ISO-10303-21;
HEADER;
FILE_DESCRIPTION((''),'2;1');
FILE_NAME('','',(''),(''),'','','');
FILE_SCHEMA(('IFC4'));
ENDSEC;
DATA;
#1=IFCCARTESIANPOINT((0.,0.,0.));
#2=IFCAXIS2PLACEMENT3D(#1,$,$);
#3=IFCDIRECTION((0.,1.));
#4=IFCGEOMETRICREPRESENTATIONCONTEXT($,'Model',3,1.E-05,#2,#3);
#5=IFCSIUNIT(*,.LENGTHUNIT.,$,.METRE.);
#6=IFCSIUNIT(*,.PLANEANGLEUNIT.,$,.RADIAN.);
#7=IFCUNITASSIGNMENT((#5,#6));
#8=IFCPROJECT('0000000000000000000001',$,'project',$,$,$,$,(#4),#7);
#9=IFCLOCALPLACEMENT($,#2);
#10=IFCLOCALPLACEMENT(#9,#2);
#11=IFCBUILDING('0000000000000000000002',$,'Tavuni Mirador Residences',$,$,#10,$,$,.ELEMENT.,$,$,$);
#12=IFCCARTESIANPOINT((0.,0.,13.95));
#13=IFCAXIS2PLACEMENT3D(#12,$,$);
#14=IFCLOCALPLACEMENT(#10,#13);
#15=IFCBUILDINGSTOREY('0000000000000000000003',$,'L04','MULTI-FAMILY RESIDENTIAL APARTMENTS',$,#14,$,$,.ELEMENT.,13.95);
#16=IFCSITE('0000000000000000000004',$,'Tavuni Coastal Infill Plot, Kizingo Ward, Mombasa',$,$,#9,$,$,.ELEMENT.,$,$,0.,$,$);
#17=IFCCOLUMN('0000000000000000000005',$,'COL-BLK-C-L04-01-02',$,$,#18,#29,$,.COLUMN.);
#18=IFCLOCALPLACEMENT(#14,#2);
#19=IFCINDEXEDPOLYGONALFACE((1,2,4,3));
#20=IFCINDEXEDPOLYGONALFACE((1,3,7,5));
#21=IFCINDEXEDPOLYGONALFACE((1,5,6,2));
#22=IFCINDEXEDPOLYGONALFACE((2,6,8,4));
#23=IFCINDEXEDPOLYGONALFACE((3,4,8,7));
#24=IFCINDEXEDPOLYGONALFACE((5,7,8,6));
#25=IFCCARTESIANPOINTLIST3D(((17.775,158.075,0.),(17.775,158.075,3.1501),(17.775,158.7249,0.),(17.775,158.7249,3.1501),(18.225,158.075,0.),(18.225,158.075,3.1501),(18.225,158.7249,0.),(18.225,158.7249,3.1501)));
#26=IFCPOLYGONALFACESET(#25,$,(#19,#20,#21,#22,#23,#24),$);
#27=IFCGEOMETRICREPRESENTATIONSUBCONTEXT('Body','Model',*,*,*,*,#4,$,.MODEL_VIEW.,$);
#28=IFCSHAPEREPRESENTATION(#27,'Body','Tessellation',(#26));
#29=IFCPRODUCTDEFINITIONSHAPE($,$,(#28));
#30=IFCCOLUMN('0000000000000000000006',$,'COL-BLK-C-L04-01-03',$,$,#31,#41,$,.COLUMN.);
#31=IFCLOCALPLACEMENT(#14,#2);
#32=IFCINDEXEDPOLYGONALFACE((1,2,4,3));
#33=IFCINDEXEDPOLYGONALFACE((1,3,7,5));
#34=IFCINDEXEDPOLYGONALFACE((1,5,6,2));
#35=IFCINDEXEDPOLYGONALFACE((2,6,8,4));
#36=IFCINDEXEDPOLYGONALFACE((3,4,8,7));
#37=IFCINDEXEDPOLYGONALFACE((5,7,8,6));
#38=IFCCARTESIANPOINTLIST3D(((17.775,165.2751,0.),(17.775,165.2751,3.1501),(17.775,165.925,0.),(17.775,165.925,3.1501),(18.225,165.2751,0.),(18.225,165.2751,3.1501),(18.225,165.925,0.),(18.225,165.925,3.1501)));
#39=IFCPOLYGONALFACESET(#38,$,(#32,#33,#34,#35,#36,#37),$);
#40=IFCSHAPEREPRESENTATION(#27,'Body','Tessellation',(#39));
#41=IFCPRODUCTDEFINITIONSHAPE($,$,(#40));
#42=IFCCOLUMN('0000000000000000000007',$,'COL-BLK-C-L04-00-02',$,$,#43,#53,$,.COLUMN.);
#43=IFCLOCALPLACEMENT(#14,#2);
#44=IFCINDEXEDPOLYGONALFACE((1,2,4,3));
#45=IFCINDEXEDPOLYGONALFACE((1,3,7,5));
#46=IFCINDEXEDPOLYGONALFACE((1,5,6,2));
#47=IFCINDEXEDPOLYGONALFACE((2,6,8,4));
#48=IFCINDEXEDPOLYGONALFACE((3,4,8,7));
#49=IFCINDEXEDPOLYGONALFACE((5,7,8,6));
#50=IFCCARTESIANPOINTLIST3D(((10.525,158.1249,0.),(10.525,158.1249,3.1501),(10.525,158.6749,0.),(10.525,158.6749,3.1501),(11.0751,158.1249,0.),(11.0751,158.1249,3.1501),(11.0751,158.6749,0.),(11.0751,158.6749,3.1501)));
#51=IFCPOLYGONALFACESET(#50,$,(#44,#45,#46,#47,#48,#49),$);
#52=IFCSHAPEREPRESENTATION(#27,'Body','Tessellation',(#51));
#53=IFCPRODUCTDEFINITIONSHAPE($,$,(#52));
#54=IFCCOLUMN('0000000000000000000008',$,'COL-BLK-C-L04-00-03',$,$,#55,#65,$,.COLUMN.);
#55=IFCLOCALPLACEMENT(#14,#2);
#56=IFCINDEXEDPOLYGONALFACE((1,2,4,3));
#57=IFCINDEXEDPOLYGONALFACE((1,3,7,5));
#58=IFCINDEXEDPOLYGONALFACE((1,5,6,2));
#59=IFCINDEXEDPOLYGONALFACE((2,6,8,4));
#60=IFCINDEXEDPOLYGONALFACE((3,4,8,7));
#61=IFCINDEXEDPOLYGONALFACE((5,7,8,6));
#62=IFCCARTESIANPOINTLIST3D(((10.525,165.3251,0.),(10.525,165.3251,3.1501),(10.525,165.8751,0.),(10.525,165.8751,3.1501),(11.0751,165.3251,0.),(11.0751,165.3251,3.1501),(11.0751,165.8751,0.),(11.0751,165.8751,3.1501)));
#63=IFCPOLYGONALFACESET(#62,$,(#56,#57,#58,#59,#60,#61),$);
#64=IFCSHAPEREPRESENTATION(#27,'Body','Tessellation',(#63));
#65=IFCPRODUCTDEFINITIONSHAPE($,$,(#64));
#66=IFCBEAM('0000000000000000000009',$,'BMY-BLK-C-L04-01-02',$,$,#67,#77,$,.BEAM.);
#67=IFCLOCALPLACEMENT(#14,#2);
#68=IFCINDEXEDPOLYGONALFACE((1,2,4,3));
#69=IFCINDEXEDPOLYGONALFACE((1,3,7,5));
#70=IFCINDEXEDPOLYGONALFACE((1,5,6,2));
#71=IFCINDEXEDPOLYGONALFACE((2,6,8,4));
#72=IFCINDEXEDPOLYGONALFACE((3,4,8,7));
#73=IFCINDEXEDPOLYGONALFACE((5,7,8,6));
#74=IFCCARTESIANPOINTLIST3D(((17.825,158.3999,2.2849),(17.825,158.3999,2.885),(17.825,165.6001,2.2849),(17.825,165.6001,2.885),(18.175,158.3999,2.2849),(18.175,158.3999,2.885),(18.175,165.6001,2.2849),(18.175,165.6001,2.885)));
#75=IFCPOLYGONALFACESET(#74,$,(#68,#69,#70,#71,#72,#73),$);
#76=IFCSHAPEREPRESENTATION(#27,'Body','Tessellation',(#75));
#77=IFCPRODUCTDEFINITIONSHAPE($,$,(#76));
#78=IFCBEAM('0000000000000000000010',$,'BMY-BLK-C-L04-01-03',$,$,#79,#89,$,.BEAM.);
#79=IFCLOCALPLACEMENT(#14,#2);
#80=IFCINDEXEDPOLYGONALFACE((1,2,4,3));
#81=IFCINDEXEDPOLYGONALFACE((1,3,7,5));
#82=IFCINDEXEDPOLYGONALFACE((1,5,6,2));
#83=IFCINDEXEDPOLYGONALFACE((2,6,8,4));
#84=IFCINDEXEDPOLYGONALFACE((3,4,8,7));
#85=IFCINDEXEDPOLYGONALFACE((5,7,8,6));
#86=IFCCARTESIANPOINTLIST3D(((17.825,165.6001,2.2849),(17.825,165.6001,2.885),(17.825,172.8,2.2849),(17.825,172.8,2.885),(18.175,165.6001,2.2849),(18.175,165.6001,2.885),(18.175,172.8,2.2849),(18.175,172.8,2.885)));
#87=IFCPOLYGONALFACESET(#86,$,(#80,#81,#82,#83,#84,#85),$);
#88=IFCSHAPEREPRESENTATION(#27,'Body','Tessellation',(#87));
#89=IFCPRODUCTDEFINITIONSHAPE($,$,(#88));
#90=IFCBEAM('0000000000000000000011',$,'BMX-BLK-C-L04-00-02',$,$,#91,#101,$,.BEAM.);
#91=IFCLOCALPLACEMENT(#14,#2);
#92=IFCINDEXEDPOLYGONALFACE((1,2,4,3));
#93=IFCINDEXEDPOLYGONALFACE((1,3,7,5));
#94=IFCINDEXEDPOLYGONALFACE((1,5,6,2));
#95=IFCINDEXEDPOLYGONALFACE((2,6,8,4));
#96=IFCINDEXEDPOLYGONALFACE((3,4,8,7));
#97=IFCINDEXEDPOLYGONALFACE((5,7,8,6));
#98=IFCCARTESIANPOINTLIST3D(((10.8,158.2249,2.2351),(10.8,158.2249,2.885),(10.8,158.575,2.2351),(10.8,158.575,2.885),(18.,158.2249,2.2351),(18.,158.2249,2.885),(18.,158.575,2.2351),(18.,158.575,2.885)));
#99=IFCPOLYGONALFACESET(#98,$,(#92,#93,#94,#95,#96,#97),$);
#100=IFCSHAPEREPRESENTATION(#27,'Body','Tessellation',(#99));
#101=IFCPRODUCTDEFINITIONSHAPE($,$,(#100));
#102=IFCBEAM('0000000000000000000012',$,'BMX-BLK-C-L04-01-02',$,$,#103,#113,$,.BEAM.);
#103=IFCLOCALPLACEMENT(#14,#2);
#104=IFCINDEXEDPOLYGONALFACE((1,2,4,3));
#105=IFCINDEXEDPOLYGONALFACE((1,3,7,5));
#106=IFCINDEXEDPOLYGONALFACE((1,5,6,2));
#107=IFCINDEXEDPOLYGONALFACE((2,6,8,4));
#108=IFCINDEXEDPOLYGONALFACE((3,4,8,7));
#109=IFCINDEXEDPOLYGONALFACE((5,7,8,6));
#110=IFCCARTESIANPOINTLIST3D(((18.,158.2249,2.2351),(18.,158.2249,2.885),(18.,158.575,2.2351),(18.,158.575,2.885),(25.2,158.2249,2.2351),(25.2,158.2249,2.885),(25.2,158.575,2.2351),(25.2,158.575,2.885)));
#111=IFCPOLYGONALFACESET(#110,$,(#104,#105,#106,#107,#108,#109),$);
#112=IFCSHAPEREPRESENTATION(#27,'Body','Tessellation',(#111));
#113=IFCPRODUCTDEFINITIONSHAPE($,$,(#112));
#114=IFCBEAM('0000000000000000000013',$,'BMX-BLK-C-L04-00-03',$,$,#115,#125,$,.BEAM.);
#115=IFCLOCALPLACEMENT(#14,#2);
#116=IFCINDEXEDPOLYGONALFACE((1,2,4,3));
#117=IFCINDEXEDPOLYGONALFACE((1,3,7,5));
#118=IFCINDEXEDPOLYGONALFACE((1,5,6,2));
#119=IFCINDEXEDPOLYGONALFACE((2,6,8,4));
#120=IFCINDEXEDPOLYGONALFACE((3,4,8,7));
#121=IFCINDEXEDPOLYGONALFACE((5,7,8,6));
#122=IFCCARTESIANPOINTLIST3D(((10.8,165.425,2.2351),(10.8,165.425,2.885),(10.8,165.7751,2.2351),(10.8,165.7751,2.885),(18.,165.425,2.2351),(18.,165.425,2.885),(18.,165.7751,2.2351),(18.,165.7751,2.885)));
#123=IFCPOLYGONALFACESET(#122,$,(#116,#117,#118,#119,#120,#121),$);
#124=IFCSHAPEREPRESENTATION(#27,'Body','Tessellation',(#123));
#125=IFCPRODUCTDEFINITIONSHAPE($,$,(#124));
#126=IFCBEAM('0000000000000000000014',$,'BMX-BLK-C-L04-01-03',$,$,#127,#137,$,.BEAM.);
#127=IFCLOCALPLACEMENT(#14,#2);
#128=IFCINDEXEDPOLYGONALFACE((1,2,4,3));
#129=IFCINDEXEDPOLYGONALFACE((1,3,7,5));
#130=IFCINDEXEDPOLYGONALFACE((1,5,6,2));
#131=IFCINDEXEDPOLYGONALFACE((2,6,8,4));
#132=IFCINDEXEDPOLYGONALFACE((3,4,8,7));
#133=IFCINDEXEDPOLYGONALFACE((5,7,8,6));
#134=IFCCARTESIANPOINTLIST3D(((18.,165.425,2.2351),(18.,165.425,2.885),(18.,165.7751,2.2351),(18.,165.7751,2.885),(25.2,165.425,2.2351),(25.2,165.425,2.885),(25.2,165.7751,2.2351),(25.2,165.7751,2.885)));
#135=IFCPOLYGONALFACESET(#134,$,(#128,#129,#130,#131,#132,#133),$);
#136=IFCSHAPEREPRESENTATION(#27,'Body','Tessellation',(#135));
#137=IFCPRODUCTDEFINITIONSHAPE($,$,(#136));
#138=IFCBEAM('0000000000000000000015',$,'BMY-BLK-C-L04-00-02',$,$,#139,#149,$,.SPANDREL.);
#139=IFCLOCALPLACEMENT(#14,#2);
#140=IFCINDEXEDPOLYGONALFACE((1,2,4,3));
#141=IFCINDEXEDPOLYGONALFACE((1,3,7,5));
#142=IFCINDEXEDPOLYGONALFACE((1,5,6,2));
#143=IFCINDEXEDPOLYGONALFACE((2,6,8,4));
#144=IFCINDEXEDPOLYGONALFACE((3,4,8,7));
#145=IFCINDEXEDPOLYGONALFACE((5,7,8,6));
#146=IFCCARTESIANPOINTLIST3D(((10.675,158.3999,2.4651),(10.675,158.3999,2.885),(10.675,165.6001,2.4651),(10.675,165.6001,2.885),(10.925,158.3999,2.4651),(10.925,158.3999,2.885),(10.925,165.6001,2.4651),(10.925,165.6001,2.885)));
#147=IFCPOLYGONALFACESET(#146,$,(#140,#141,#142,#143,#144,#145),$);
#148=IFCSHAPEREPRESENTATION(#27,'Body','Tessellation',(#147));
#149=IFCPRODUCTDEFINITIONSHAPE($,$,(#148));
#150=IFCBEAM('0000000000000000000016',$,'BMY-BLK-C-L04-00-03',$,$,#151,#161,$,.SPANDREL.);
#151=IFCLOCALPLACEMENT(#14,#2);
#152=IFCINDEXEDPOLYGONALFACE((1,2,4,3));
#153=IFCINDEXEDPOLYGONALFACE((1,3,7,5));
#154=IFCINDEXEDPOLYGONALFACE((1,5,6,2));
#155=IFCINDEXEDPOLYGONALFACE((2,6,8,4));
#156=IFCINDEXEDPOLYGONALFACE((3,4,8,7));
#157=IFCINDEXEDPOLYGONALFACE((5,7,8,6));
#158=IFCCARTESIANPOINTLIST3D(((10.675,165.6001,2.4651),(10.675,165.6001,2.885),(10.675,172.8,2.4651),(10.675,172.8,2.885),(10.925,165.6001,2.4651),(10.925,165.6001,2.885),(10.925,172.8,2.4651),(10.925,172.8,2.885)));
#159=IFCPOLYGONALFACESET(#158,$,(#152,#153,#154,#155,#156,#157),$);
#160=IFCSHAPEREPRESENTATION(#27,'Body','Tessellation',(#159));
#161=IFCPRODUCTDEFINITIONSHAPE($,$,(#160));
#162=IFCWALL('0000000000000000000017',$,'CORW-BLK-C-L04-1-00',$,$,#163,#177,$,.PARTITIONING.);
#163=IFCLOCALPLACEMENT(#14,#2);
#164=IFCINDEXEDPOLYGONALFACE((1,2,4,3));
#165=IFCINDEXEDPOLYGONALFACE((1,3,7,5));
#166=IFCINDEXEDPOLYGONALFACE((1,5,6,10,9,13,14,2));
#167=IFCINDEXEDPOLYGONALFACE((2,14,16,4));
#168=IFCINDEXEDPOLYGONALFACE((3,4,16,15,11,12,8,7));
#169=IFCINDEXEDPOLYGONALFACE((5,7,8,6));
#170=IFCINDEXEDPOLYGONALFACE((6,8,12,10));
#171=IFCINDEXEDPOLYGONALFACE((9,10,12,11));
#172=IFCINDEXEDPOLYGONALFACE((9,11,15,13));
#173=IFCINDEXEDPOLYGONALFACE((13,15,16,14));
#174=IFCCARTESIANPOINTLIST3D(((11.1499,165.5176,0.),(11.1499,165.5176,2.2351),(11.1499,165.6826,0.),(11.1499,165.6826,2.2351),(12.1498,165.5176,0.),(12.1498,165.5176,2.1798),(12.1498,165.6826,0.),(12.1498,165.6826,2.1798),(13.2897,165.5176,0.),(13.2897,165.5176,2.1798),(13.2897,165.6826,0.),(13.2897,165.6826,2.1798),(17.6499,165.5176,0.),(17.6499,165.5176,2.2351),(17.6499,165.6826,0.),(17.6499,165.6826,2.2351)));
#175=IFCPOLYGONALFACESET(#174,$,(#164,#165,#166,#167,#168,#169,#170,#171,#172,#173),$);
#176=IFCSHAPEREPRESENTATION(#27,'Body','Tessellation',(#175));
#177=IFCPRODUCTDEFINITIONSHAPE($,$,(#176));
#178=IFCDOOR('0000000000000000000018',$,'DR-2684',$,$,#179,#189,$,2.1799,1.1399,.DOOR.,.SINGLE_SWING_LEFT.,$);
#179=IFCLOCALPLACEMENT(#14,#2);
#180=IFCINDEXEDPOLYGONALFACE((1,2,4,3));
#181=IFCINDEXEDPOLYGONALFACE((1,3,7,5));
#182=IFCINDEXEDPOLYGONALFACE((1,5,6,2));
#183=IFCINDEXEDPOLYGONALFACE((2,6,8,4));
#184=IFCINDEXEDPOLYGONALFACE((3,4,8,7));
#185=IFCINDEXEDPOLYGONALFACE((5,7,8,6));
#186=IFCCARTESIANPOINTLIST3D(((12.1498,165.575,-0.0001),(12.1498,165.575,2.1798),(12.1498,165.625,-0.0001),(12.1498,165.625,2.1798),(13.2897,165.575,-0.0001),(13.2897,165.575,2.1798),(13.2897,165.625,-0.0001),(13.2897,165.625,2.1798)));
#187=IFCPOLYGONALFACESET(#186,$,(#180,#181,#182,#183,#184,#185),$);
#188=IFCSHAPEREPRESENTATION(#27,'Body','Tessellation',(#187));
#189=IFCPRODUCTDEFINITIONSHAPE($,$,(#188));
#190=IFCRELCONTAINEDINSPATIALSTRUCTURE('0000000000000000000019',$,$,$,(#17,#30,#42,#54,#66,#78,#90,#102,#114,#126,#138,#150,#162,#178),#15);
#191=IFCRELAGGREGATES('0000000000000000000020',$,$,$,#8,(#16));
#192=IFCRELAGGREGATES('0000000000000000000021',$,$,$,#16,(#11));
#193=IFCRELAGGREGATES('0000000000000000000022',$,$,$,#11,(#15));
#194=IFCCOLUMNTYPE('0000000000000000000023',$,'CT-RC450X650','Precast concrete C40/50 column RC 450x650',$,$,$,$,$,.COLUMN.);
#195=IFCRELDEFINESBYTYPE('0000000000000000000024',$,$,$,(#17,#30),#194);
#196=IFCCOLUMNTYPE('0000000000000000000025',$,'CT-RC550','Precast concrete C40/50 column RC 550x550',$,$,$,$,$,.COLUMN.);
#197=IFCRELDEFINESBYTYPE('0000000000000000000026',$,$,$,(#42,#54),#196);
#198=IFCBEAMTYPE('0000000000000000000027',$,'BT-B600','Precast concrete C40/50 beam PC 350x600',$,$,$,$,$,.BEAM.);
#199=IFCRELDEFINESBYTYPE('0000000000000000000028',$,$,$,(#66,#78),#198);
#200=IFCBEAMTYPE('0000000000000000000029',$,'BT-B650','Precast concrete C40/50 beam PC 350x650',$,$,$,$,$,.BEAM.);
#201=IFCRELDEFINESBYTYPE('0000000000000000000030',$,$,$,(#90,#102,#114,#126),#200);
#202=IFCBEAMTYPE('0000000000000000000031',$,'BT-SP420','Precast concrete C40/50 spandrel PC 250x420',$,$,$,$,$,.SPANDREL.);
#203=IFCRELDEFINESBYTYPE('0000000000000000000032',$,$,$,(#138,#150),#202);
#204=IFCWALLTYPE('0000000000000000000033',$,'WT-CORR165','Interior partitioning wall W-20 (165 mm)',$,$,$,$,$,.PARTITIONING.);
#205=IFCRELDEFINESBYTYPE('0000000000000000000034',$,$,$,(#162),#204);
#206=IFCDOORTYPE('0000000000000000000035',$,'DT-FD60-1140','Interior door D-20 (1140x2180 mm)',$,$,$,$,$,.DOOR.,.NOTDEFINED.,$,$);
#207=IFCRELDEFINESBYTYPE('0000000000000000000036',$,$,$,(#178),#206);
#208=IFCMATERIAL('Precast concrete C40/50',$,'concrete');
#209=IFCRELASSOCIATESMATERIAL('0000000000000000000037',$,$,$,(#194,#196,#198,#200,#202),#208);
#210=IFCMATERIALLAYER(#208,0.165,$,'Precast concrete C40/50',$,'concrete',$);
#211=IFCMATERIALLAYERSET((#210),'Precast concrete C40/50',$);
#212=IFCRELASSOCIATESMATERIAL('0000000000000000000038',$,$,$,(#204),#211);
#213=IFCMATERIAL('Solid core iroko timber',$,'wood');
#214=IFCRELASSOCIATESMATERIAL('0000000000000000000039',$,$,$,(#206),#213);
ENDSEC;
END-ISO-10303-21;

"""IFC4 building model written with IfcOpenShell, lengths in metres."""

from ifc_helpers import new_model, si_unit, direction, frame, frame_2d, origin, origin_2d, place, context, subcontext, project, spatial, rectangle, extrude, material, layer, layer_set, material_profile, profile_set, type_object, element, fill, save


model = new_model("IFC4")

# Units and contexts
model_context = context("Model", 3, precision=1e-05, world=origin(), true_north=direction((0.0, 1.0)))
body_context = subcontext(model_context, "Body", "Model", "MODEL_VIEW")
ifc_project = project(units=[si_unit("LENGTHUNIT", "METRE"), si_unit("PLANEANGLEUNIT", "RADIAN")], contexts=[model_context])

# Site, building, storey
site_placement = place(None, origin())
site = spatial("IfcSite", under=ifc_project, at=site_placement, Name="Tavuni Coastal Infill Plot, Kizingo Ward, Mombasa", CompositionType="ELEMENT", RefElevation=0.0)
building_placement = place(site_placement, origin())
building = spatial("IfcBuilding", under=site, at=building_placement, Name="Tavuni Mirador Residences", CompositionType="ELEMENT")
storey_placement = place(building_placement, frame((0.0, 0.0, 13.95)))
storey = spatial("IfcBuildingStorey", under=building, at=storey_placement, Name="L04", Description="MULTI-FAMILY RESIDENTIAL APARTMENTS", CompositionType="ELEMENT", Elevation=13.95)

# Columns
ifc_material_1 = material(Name="Precast concrete C40/50", Category="concrete")
ifc_material_profile_1 = material_profile(ifc_material_1, rectangle(XDim=0.45, YDim=0.6499, at=origin_2d()), Name="RC 450x650", Category="concrete")
ifc_profile_set_1 = profile_set([ifc_material_profile_1], Name="Precast concrete C40/50")
column_type_1 = type_object("IfcColumnType", Name="CT-RC450X650", Description="Precast concrete C40/50 column RC 450x650", PredefinedType="COLUMN", material=ifc_profile_set_1)
for number, where, z_axis, x_axis, name in (
    (1, (18.0, 158.3999, 0.0), (0.0, 0.0, 1.0), (1.0, 0.0, 0.0), "COL-BLK-C-L04-01-02"),
    (2, (18.0, 165.6001, 0.0), (0.0, 0.0, 1.0), (1.0, 0.0, 0.0), "COL-BLK-C-L04-01-03"),
):
    element("IfcColumn", number, at=place(storey_placement, frame(where, z_axis=z_axis, x_axis=x_axis)), inside=storey, type_object=column_type_1, Name=name, PredefinedType="COLUMN", context=body_context, shape_type="SweptSolid", body=[
        extrude(rectangle(XDim=0.45, YDim=0.6499, at=origin_2d()), origin(), (0.0, 0.0, 1.0), 3.1501),
    ])
ifc_material_profile_2 = material_profile(ifc_material_1, rectangle(XDim=0.55, YDim=0.55, at=origin_2d()), Name="RC 550x550", Category="concrete")
ifc_profile_set_2 = profile_set([ifc_material_profile_2], Name="Precast concrete C40/50")
column_type_2 = type_object("IfcColumnType", Name="CT-RC550", Description="Precast concrete C40/50 column RC 550x550", PredefinedType="COLUMN", material=ifc_profile_set_2)
for number, where, z_axis, x_axis, name in (
    (3, (10.8, 158.3999, 0.0), (0.0, 0.0, 1.0), (1.0, 0.0, 0.0), "COL-BLK-C-L04-00-02"),
    (4, (10.8, 165.6001, 0.0), (0.0, 0.0, 1.0), (1.0, 0.0, 0.0), "COL-BLK-C-L04-00-03"),
):
    element("IfcColumn", number, at=place(storey_placement, frame(where, z_axis=z_axis, x_axis=x_axis)), inside=storey, type_object=column_type_2, Name=name, PredefinedType="COLUMN", context=body_context, shape_type="SweptSolid", body=[
        extrude(rectangle(XDim=0.55, YDim=0.55, at=origin_2d()), origin(), (0.0, 0.0, 1.0), 3.1501),
    ])

# Beams
ifc_material_profile_3 = material_profile(ifc_material_1, rectangle(XDim=0.3501, YDim=0.6001, at=origin_2d()), Name="PC 350x600", Category="concrete")
ifc_profile_set_3 = profile_set([ifc_material_profile_3], Name="Precast concrete C40/50")
beam_type_1 = type_object("IfcBeamType", Name="BT-B600", Description="Precast concrete C40/50 beam PC 350x600", PredefinedType="BEAM", material=ifc_profile_set_3)
beam_1_placement = place(storey_placement, frame((18.0, 158.3999, 2.585), z_axis=(0.0, 1.0, 0.0), x_axis=(-1.0, 0.0, 0.0)))
element("IfcBeam", 5, at=beam_1_placement, inside=storey, type_object=beam_type_1, Name="BMY-BLK-C-L04-01-02", PredefinedType="BEAM", context=body_context, shape_type="SweptSolid", body=[
    extrude(rectangle(XDim=0.3501, YDim=0.6001, at=origin_2d()), origin(), (0.0, 0.0, 1.0), 7.2002),
])
beam_2_placement = place(storey_placement, frame((18.0, 165.6001, 2.585), z_axis=(0.0, 1.0, 0.0), x_axis=(-1.0, 0.0, 0.0)))
element("IfcBeam", 6, at=beam_2_placement, inside=storey, type_object=beam_type_1, Name="BMY-BLK-C-L04-01-03", PredefinedType="BEAM", context=body_context, shape_type="SweptSolid", body=[
    extrude(rectangle(XDim=0.3501, YDim=0.6001, at=origin_2d()), origin(), (0.0, 0.0, 1.0), 7.2),
])
ifc_material_profile_4 = material_profile(ifc_material_1, rectangle(XDim=0.3501, YDim=0.6499, at=origin_2d()), Name="PC 350x650", Category="concrete")
ifc_profile_set_4 = profile_set([ifc_material_profile_4], Name="Precast concrete C40/50")
beam_type_2 = type_object("IfcBeamType", Name="BT-B650", Description="Precast concrete C40/50 beam PC 350x650", PredefinedType="BEAM", material=ifc_profile_set_4)
for number, where, z_axis, x_axis, name in (
    (7, (10.8, 158.3999, 2.5601), (1.0, 0.0, 0.0), (0.0, 1.0, 0.0), "BMX-BLK-C-L04-00-02"),
    (8, (18.0, 158.3999, 2.5601), (1.0, 0.0, 0.0), (0.0, 1.0, 0.0), "BMX-BLK-C-L04-01-02"),
    (9, (10.8, 165.6001, 2.5601), (1.0, 0.0, 0.0), (0.0, 1.0, 0.0), "BMX-BLK-C-L04-00-03"),
    (10, (18.0, 165.6001, 2.5601), (1.0, 0.0, 0.0), (0.0, 1.0, 0.0), "BMX-BLK-C-L04-01-03"),
):
    element("IfcBeam", number, at=place(storey_placement, frame(where, z_axis=z_axis, x_axis=x_axis)), inside=storey, type_object=beam_type_2, Name=name, PredefinedType="BEAM", context=body_context, shape_type="SweptSolid", body=[
        extrude(rectangle(XDim=0.3501, YDim=0.6499, at=origin_2d()), origin(), (0.0, 0.0, 1.0), 7.2),
    ])
ifc_material_profile_5 = material_profile(ifc_material_1, rectangle(XDim=0.25, YDim=0.4199, at=origin_2d()), Name="PC 250x420", Category="concrete")
ifc_profile_set_5 = profile_set([ifc_material_profile_5], Name="Precast concrete C40/50")
beam_type_3 = type_object("IfcBeamType", Name="BT-SP420", Description="Precast concrete C40/50 spandrel PC 250x420", PredefinedType="SPANDREL", material=ifc_profile_set_5)
beam_3_placement = place(storey_placement, frame((10.8, 158.3999, 2.675), z_axis=(0.0, 1.0, 0.0), x_axis=(-1.0, 0.0, 0.0)))
element("IfcBeam", 11, at=beam_3_placement, inside=storey, type_object=beam_type_3, Name="BMY-BLK-C-L04-00-02", PredefinedType="SPANDREL", context=body_context, shape_type="SweptSolid", body=[
    extrude(rectangle(XDim=0.25, YDim=0.4199, at=origin_2d()), origin(), (0.0, 0.0, 1.0), 7.2002),
])
beam_4_placement = place(storey_placement, frame((10.8, 165.6001, 2.675), z_axis=(0.0, 1.0, 0.0), x_axis=(-1.0, 0.0, 0.0)))
element("IfcBeam", 12, at=beam_4_placement, inside=storey, type_object=beam_type_3, Name="BMY-BLK-C-L04-00-03", PredefinedType="SPANDREL", context=body_context, shape_type="SweptSolid", body=[
    extrude(rectangle(XDim=0.25, YDim=0.4199, at=origin_2d()), origin(), (0.0, 0.0, 1.0), 7.2),
])

# Wall, opening, door
ifc_layer_1 = layer(ifc_material_1, 0.165, Name="Precast concrete C40/50", Category="concrete")
ifc_layer_set_1 = layer_set([ifc_layer_1], Name="Precast concrete C40/50")
wall_type_1 = type_object("IfcWallType", Name="WT-CORR165", Description="Interior partitioning wall W-20 (165 mm)", PredefinedType="PARTITIONING", material=ifc_layer_set_1)
wall_1_placement = place(storey_placement, frame((11.1499, 165.6001, 0.0), z_axis=(0.0, 0.0, 1.0), x_axis=(1.0, 0.0, 0.0)))
wall_1 = element("IfcWall", 13, at=wall_1_placement, inside=storey, type_object=wall_type_1, Name="CORW-BLK-C-L04-1-00", PredefinedType="PARTITIONING", context=body_context, shape_type="SweptSolid", body=[
    extrude(rectangle(XDim=6.5, YDim=0.165, at=frame_2d((3.25, 0.0))), origin(), (0.0, 0.0, 1.0), 2.2351),
])
opening_1_placement = place(wall_1_placement, frame((1.0, 0.0, 0.0)))
opening_1 = element("IfcOpeningElement", 14, at=opening_1_placement, cuts=wall_1, PredefinedType="OPENING", context=body_context, shape_type="SweptSolid", body=[
    extrude(rectangle(XDim=1.1399, YDim=2.1799, at=frame_2d((0.5698, 1.0898))), frame((0.0, 0.0925, 0.0), z_axis=(0.0, -1.0, 0.0), x_axis=(1.0, 0.0, 0.0)), (0.0, 0.0, 1.0), 0.1851),
])
ifc_material_2 = material(Name="Solid core iroko timber", Category="wood")
door_type_1 = type_object("IfcDoorType", Name="DT-FD60-1140", Description="Interior door D-20 (1140x2180 mm)", OperationType="NOTDEFINED", PredefinedType="DOOR", material=ifc_material_2)
door_1_placement = place(opening_1_placement, origin())
door_1 = element("IfcDoor", 15, at=door_1_placement, inside=storey, type_object=door_type_1, Name="DR-2684", OperationType="SINGLE_SWING_LEFT", OverallHeight=2.1799, OverallWidth=1.1399, PredefinedType="DOOR", context=body_context, shape_type="SweptSolid", body=[
    extrude(rectangle(XDim=1.1399, YDim=2.1799, at=frame_2d((0.5698, 1.0898))), frame((0.0, 0.0249, 0.0), z_axis=(0.0, -1.0, 0.0), x_axis=(1.0, 0.0, 0.0)), (0.0, 0.0, 1.0), 0.05),
])
fill(opening_1, door_1)

save(model, "model.ifc")
